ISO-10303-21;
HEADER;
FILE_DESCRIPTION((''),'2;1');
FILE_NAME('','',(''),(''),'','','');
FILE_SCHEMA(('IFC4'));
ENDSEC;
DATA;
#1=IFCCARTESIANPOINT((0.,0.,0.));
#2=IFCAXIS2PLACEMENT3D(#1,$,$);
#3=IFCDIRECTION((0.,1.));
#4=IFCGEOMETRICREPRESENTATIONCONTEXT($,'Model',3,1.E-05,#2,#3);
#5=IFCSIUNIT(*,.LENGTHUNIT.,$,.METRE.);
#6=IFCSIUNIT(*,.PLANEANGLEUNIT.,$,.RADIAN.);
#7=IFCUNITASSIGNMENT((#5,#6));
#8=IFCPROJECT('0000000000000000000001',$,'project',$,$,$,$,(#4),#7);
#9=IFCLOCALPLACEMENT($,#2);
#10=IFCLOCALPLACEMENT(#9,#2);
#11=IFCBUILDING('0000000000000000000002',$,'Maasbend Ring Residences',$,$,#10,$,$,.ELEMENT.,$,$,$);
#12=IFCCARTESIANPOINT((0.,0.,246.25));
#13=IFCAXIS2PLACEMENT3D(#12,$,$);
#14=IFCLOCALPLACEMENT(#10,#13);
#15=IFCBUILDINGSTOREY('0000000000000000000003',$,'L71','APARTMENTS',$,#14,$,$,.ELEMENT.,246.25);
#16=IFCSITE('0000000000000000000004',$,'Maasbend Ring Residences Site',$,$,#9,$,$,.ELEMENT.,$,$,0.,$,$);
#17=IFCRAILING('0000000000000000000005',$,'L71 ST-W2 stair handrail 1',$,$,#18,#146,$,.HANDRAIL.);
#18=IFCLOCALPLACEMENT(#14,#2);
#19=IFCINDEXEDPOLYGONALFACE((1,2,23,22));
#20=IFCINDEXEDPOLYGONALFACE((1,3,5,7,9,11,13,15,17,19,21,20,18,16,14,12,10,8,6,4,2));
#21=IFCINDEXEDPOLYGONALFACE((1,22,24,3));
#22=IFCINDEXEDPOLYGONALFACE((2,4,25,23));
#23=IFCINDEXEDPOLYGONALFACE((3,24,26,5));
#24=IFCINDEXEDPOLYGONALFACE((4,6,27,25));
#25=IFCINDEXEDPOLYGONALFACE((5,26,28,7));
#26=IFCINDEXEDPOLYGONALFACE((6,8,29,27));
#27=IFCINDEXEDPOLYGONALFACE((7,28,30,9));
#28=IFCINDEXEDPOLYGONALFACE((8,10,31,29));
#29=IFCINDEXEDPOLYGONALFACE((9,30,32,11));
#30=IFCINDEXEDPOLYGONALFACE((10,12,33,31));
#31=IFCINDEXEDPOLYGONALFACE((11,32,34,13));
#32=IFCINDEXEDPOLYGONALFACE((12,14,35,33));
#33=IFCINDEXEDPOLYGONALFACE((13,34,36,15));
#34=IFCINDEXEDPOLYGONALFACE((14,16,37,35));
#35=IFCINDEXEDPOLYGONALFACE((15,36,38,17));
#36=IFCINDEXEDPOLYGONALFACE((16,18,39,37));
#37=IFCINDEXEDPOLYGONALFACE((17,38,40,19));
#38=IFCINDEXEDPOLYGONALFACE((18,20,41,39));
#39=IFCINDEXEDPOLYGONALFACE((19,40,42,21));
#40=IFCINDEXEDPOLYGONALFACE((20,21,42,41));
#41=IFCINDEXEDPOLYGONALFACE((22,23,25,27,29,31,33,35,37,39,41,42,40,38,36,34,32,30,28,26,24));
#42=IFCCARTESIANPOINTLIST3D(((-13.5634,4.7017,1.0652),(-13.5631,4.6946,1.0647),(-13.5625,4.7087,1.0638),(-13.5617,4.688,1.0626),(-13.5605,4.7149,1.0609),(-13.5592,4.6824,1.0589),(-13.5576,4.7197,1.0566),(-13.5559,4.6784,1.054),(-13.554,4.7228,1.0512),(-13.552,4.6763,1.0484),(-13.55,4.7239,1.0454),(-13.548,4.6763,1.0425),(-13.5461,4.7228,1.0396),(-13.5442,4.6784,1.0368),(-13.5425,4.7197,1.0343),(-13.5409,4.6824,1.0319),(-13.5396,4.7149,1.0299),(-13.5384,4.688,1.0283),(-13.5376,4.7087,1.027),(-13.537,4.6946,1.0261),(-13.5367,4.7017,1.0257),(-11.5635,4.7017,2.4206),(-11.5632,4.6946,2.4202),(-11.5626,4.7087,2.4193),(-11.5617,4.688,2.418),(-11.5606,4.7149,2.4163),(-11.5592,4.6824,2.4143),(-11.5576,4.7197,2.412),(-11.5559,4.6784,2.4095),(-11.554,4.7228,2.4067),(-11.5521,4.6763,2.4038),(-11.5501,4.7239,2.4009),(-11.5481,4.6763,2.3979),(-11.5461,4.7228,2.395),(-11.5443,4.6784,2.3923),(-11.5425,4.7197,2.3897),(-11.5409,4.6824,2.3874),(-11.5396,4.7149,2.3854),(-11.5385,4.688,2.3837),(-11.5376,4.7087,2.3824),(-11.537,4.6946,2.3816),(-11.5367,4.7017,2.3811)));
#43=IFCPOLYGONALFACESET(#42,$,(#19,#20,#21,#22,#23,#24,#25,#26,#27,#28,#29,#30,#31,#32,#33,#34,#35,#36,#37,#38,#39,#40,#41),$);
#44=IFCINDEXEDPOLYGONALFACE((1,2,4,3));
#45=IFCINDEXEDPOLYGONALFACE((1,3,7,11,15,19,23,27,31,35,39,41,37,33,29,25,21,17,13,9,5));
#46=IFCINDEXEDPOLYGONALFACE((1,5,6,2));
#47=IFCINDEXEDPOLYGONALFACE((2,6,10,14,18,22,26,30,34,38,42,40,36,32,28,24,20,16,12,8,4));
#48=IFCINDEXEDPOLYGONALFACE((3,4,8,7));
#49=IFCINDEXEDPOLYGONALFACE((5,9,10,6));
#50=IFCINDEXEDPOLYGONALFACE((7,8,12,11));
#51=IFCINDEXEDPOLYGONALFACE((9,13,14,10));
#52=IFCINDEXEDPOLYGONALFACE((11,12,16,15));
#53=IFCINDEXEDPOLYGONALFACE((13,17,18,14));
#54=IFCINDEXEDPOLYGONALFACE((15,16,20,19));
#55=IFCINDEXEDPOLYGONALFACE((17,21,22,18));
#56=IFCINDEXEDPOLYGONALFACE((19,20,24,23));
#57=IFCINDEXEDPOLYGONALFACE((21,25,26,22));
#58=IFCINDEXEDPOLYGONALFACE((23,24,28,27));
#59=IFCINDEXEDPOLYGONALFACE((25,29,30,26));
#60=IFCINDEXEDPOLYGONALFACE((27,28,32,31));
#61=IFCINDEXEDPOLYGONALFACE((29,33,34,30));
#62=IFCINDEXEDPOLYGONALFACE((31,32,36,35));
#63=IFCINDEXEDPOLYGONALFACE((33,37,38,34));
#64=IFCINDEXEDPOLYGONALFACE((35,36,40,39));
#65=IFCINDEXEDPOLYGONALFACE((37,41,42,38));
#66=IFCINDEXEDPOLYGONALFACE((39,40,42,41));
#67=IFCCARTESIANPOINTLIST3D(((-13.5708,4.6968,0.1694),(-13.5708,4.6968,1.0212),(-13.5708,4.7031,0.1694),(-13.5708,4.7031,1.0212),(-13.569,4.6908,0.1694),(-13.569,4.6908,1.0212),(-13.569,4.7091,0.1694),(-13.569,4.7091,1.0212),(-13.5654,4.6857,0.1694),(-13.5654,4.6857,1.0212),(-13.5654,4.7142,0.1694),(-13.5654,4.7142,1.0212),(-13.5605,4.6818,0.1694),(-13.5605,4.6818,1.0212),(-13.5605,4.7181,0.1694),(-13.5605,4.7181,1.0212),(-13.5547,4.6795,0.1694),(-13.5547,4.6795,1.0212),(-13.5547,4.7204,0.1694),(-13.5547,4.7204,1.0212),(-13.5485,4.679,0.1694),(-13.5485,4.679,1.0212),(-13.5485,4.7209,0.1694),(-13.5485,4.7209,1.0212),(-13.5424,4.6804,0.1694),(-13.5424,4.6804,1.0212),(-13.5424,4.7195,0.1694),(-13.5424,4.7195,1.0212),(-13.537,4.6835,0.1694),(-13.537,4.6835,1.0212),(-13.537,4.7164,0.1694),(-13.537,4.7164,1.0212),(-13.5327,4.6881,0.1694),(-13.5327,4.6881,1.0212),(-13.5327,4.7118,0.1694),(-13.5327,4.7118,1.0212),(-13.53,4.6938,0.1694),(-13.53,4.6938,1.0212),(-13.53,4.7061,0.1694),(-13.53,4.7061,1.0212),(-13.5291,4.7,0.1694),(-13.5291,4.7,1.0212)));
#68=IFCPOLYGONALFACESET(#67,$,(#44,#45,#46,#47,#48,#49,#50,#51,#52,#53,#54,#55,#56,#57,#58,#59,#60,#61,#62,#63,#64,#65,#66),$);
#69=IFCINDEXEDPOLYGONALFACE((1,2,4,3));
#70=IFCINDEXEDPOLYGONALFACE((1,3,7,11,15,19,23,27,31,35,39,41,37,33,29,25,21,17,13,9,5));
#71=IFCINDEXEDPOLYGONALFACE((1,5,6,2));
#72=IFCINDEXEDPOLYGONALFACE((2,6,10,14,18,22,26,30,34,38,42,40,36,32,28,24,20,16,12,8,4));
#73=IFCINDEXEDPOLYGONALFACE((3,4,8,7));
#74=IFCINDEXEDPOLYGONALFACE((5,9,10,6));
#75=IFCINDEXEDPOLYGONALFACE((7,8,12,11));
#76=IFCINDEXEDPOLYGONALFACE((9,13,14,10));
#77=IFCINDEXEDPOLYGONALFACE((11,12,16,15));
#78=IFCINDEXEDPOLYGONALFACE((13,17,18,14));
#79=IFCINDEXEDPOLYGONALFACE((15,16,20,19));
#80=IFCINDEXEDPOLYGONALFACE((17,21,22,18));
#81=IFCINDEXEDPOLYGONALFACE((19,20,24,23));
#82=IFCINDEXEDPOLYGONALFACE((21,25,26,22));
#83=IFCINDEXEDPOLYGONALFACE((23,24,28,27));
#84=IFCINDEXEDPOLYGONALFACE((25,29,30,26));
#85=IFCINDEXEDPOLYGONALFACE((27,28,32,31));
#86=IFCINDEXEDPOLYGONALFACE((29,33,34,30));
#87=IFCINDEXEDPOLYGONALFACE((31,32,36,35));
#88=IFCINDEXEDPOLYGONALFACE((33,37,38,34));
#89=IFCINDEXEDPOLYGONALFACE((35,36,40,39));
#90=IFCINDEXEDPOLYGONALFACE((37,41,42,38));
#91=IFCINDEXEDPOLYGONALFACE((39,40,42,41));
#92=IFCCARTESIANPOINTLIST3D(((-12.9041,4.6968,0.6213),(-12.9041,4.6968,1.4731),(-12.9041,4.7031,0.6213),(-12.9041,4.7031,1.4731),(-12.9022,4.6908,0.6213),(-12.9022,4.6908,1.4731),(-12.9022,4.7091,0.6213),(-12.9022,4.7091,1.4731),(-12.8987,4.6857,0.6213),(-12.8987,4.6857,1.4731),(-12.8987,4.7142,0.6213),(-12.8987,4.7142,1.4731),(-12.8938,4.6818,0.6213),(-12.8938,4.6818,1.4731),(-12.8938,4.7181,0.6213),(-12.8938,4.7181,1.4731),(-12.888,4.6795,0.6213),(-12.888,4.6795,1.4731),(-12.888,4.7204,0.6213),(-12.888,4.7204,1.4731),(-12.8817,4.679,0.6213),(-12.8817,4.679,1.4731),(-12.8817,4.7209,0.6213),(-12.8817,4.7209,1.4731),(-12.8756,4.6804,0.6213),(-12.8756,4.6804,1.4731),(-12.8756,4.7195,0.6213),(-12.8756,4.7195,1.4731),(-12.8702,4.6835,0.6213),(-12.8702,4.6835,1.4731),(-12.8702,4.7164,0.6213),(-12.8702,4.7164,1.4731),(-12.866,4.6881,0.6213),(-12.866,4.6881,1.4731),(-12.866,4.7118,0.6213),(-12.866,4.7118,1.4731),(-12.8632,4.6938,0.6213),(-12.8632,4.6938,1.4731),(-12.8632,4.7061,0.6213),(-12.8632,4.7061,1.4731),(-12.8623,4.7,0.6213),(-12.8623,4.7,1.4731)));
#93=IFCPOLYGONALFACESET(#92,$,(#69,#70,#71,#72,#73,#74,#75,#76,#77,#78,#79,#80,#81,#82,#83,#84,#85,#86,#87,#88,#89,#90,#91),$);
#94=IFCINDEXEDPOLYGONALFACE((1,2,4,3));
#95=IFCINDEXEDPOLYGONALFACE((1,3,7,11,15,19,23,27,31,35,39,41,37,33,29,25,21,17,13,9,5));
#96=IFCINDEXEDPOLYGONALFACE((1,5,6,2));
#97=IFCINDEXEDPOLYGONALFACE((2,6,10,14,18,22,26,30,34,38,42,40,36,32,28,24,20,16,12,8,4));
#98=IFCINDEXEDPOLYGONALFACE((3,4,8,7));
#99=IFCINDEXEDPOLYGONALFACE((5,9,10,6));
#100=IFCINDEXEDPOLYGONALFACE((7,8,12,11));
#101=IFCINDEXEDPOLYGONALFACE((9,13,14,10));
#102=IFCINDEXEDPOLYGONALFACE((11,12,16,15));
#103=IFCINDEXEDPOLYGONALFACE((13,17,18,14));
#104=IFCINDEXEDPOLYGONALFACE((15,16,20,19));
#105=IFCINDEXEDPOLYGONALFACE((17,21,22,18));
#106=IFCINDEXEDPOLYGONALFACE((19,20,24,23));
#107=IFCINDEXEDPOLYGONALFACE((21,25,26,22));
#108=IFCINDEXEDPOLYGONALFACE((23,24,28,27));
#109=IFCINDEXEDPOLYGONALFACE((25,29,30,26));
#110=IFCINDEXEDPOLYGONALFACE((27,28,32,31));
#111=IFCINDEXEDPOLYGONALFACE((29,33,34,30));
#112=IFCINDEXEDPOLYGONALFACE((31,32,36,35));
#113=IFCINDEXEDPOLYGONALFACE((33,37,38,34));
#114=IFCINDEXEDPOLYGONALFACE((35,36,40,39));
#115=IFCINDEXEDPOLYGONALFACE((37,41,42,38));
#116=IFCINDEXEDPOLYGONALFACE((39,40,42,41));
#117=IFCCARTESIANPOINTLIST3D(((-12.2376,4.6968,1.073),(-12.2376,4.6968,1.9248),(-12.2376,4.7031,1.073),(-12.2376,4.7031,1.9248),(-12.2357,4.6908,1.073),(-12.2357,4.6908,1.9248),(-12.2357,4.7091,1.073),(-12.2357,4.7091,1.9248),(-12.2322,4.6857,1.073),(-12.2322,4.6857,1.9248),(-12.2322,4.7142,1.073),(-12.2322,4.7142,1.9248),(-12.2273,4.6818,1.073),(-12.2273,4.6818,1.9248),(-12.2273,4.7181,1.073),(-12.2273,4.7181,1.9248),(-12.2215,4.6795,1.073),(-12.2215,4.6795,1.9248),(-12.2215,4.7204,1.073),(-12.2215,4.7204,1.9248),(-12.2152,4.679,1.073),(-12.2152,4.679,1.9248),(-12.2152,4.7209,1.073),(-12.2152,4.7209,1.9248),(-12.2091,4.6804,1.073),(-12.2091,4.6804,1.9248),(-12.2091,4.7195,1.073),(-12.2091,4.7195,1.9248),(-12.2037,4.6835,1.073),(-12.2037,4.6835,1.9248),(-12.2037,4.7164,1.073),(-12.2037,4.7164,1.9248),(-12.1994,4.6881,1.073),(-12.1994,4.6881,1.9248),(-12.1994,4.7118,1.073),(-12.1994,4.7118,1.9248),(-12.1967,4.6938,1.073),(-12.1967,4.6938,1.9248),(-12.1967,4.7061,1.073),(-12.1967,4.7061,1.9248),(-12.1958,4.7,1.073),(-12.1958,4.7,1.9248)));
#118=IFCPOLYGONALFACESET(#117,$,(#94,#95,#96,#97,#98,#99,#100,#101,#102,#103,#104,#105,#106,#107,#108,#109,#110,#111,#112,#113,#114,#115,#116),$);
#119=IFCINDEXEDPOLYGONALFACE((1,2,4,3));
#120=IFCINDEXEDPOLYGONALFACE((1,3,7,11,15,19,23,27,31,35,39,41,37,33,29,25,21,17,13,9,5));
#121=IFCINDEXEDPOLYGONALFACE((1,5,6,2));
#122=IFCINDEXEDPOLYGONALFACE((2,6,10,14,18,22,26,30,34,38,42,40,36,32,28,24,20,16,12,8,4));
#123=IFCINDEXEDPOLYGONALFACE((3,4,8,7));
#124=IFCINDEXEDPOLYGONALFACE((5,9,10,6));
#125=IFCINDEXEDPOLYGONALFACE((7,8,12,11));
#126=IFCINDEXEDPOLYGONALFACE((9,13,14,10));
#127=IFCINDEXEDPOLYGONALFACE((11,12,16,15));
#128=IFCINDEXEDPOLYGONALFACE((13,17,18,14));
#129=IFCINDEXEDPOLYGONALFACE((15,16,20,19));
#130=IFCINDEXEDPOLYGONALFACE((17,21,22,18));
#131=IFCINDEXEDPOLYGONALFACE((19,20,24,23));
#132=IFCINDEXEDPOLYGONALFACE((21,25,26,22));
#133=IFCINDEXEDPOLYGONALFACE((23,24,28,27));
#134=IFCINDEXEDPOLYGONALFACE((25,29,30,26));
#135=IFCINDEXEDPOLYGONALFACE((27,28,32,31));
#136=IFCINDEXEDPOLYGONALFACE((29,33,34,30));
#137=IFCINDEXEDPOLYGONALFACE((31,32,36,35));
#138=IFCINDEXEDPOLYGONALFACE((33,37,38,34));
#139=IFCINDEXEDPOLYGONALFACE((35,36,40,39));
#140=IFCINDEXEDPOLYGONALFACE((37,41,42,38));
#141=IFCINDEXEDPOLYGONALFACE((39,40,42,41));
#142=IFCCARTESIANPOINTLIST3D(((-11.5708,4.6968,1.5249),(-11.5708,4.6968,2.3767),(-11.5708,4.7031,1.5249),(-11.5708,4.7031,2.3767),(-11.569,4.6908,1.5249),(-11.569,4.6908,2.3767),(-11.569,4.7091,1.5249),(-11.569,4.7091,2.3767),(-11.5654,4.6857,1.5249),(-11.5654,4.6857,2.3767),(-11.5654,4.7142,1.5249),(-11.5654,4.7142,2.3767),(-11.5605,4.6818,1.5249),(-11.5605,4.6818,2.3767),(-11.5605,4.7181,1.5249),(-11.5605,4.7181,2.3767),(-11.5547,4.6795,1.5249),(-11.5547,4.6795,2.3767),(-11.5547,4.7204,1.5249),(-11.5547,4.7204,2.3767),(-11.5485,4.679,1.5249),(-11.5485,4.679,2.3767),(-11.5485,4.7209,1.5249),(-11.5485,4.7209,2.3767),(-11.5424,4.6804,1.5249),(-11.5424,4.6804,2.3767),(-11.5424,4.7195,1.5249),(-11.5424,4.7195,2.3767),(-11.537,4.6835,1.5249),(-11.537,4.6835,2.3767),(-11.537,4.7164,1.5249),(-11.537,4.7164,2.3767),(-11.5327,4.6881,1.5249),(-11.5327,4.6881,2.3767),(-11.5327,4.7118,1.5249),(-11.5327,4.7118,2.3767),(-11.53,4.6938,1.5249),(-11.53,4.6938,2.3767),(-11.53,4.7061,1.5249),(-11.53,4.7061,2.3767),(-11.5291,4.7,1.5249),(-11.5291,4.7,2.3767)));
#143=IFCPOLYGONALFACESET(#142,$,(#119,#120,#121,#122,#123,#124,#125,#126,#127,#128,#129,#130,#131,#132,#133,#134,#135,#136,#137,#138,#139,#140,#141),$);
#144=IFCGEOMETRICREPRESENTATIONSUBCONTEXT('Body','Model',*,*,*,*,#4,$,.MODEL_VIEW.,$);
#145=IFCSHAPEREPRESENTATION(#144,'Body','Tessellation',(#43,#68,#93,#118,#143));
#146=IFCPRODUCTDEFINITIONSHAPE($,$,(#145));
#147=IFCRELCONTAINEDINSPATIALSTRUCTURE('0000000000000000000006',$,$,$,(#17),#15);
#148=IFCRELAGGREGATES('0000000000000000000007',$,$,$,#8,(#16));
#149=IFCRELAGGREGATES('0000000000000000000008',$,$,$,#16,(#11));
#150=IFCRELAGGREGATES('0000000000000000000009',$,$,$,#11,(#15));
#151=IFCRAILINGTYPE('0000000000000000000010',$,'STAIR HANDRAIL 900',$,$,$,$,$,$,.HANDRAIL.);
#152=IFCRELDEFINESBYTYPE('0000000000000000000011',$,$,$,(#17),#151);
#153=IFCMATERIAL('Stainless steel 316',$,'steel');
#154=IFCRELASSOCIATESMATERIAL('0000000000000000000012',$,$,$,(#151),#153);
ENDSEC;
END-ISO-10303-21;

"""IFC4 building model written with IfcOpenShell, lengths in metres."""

from ifc_helpers import new_model, si_unit, direction, frame, origin, origin_2d, place, context, subcontext, project, spatial, circle, extrude, material, type_object, element, save


model = new_model("IFC4")

# Units and contexts
model_context = context("Model", 3, precision=1e-05, world=origin(), true_north=direction((0.0, 1.0)))
body_context = subcontext(model_context, "Body", "Model", "MODEL_VIEW")
ifc_project = project(units=[si_unit("LENGTHUNIT", "METRE"), si_unit("PLANEANGLEUNIT", "RADIAN")], contexts=[model_context])

# Site, building, storey
site_placement = place(None, origin())
site = spatial("IfcSite", under=ifc_project, at=site_placement, Name="Maasbend Ring Residences Site", CompositionType="ELEMENT", RefElevation=0.0)
building_placement = place(site_placement, origin())
building = spatial("IfcBuilding", under=site, at=building_placement, Name="Maasbend Ring Residences", CompositionType="ELEMENT")
storey_placement = place(building_placement, frame((0.0, 0.0, 246.25)))
storey = spatial("IfcBuildingStorey", under=building, at=storey_placement, Name="L71", Description="APARTMENTS", CompositionType="ELEMENT", Elevation=246.25)

# Railing
ifc_material_1 = material(Name="Stainless steel 316", Category="steel")
railing_type_1 = type_object("IfcRailingType", Name="STAIR HANDRAIL 900", PredefinedType="HANDRAIL", material=ifc_material_1)
railing_1_placement = place(storey_placement, frame((-13.55, 4.7, 0.1694)))
element("IfcRailing", 1, at=railing_1_placement, inside=storey, type_object=railing_type_1, Name="L71 ST-W2 stair handrail 1", PredefinedType="HANDRAIL", context=body_context, shape_type="SweptSolid", body=[
    extrude(circle(Radius=0.0239, at=origin_2d()), frame((0.0, 0.0, 0.876), z_axis=(0.827798, 0.0, 0.561027), x_axis=(0.0, 1.0, 0.0)), (0.0, 0.0, 1.0), 2.416),
    extrude(circle(Radius=0.021, at=origin_2d()), origin(), (0.0, 0.0, 1.0), 0.8518),
    extrude(circle(Radius=0.021, at=origin_2d()), frame((0.6667, 0.0, 0.4519)), (0.0, 0.0, 1.0), 0.8518),
    extrude(circle(Radius=0.021, at=origin_2d()), frame((1.3333, 0.0, 0.9036)), (0.0, 0.0, 1.0), 0.8518),
    extrude(circle(Radius=0.021, at=origin_2d()), frame((2.0, 0.0, 1.3555)), (0.0, 0.0, 1.0), 0.8518),
])

save(model, "model.ifc")
